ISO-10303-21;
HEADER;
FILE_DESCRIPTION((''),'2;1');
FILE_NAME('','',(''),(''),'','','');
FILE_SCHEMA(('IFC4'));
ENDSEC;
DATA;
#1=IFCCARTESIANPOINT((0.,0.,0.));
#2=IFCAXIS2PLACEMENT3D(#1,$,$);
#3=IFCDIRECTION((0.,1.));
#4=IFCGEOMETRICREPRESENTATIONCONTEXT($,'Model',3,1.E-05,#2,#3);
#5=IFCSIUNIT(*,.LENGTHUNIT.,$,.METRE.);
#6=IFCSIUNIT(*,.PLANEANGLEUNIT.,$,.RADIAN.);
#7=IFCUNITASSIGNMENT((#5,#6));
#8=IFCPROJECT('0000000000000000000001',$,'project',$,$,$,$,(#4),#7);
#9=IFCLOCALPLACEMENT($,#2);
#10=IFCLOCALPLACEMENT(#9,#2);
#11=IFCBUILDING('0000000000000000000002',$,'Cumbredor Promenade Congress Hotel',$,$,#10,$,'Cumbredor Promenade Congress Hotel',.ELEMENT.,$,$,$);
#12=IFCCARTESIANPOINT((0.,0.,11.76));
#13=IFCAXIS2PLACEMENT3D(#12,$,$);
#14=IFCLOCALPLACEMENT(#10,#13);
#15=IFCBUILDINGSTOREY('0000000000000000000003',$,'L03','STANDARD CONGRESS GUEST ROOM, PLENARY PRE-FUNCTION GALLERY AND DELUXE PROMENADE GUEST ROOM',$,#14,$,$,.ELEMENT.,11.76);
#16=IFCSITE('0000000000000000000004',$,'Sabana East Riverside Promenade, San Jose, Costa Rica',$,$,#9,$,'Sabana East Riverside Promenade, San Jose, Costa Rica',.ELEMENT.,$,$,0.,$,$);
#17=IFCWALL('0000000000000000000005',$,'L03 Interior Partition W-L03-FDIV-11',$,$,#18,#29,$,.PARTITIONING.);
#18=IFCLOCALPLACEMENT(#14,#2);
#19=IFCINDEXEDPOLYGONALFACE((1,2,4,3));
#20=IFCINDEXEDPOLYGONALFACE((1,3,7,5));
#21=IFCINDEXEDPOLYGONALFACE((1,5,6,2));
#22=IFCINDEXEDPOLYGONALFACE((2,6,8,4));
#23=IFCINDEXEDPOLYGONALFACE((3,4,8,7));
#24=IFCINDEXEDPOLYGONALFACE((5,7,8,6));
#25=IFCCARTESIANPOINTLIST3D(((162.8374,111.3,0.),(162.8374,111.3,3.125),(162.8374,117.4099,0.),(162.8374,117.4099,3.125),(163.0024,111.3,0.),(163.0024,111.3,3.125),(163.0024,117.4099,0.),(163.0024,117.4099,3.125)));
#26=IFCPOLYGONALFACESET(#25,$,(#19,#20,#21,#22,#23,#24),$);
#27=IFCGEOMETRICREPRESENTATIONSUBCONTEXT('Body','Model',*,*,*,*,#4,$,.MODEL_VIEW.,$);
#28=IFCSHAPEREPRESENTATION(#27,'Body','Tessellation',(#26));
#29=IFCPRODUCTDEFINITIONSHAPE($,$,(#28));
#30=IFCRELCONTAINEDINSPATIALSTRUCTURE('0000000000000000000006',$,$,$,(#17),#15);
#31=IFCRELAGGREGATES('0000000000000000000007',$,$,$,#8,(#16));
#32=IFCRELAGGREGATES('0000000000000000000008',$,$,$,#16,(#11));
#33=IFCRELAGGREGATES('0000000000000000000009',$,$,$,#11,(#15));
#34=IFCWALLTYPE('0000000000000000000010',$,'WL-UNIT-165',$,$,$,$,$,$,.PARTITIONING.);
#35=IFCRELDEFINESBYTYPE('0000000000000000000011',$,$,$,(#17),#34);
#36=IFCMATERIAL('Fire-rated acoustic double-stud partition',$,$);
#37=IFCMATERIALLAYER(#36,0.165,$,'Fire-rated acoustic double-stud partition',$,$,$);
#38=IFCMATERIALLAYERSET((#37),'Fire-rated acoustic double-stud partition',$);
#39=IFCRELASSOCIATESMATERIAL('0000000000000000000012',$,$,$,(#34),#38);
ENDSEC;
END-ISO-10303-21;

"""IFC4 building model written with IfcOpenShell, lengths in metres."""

from ifc_helpers import new_model, si_unit, direction, frame, frame_2d, origin, place, context, subcontext, project, spatial, rectangle, extrude, material, layer, layer_set, type_object, element, save


model = new_model("IFC4")

# Units and contexts
model_context = context("Model", 3, precision=1e-05, world=origin(), true_north=direction((0.0, 1.0)))
body_context = subcontext(model_context, "Body", "Model", "MODEL_VIEW")
ifc_project = project(units=[si_unit("LENGTHUNIT", "METRE"), si_unit("PLANEANGLEUNIT", "RADIAN")], contexts=[model_context])

# Site, building, storey
site_placement = place(None, origin())
site = spatial("IfcSite", under=ifc_project, at=site_placement, Name="Sabana East Riverside Promenade, San Jose, Costa Rica", LongName="Sabana East Riverside Promenade, San Jose, Costa Rica", CompositionType="ELEMENT", RefElevation=0.0)
building_placement = place(site_placement, origin())
building = spatial("IfcBuilding", under=site, at=building_placement, Name="Cumbredor Promenade Congress Hotel", LongName="Cumbredor Promenade Congress Hotel", CompositionType="ELEMENT")
storey_placement = place(building_placement, frame((0.0, 0.0, 11.76)))
storey = spatial("IfcBuildingStorey", under=building, at=storey_placement, Name="L03", Description="STANDARD CONGRESS GUEST ROOM, PLENARY PRE-FUNCTION GALLERY AND DELUXE PROMENADE GUEST ROOM", CompositionType="ELEMENT", Elevation=11.76)

# Wall
ifc_material_1 = material(Name="Fire-rated acoustic double-stud partition")
ifc_layer_1 = layer(ifc_material_1, 0.165, Name="Fire-rated acoustic double-stud partition")
ifc_layer_set_1 = layer_set([ifc_layer_1], Name="Fire-rated acoustic double-stud partition")
wall_type_1 = type_object("IfcWallType", Name="WL-UNIT-165", PredefinedType="PARTITIONING", material=ifc_layer_set_1)
wall_1_placement = place(storey_placement, frame((162.9199, 111.3, 0.0), z_axis=(0.0, 0.0, 1.0), x_axis=(0.0, 1.0, 0.0)))
element("IfcWall", 1, at=wall_1_placement, inside=storey, type_object=wall_type_1, Name="L03 Interior Partition W-L03-FDIV-11", PredefinedType="PARTITIONING", context=body_context, shape_type="SweptSolid", body=[
    extrude(rectangle(XDim=6.1099, YDim=0.165, at=frame_2d((3.0549, 0.0))), origin(), (0.0, 0.0, 1.0), 3.125),
])

save(model, "model.ifc")
